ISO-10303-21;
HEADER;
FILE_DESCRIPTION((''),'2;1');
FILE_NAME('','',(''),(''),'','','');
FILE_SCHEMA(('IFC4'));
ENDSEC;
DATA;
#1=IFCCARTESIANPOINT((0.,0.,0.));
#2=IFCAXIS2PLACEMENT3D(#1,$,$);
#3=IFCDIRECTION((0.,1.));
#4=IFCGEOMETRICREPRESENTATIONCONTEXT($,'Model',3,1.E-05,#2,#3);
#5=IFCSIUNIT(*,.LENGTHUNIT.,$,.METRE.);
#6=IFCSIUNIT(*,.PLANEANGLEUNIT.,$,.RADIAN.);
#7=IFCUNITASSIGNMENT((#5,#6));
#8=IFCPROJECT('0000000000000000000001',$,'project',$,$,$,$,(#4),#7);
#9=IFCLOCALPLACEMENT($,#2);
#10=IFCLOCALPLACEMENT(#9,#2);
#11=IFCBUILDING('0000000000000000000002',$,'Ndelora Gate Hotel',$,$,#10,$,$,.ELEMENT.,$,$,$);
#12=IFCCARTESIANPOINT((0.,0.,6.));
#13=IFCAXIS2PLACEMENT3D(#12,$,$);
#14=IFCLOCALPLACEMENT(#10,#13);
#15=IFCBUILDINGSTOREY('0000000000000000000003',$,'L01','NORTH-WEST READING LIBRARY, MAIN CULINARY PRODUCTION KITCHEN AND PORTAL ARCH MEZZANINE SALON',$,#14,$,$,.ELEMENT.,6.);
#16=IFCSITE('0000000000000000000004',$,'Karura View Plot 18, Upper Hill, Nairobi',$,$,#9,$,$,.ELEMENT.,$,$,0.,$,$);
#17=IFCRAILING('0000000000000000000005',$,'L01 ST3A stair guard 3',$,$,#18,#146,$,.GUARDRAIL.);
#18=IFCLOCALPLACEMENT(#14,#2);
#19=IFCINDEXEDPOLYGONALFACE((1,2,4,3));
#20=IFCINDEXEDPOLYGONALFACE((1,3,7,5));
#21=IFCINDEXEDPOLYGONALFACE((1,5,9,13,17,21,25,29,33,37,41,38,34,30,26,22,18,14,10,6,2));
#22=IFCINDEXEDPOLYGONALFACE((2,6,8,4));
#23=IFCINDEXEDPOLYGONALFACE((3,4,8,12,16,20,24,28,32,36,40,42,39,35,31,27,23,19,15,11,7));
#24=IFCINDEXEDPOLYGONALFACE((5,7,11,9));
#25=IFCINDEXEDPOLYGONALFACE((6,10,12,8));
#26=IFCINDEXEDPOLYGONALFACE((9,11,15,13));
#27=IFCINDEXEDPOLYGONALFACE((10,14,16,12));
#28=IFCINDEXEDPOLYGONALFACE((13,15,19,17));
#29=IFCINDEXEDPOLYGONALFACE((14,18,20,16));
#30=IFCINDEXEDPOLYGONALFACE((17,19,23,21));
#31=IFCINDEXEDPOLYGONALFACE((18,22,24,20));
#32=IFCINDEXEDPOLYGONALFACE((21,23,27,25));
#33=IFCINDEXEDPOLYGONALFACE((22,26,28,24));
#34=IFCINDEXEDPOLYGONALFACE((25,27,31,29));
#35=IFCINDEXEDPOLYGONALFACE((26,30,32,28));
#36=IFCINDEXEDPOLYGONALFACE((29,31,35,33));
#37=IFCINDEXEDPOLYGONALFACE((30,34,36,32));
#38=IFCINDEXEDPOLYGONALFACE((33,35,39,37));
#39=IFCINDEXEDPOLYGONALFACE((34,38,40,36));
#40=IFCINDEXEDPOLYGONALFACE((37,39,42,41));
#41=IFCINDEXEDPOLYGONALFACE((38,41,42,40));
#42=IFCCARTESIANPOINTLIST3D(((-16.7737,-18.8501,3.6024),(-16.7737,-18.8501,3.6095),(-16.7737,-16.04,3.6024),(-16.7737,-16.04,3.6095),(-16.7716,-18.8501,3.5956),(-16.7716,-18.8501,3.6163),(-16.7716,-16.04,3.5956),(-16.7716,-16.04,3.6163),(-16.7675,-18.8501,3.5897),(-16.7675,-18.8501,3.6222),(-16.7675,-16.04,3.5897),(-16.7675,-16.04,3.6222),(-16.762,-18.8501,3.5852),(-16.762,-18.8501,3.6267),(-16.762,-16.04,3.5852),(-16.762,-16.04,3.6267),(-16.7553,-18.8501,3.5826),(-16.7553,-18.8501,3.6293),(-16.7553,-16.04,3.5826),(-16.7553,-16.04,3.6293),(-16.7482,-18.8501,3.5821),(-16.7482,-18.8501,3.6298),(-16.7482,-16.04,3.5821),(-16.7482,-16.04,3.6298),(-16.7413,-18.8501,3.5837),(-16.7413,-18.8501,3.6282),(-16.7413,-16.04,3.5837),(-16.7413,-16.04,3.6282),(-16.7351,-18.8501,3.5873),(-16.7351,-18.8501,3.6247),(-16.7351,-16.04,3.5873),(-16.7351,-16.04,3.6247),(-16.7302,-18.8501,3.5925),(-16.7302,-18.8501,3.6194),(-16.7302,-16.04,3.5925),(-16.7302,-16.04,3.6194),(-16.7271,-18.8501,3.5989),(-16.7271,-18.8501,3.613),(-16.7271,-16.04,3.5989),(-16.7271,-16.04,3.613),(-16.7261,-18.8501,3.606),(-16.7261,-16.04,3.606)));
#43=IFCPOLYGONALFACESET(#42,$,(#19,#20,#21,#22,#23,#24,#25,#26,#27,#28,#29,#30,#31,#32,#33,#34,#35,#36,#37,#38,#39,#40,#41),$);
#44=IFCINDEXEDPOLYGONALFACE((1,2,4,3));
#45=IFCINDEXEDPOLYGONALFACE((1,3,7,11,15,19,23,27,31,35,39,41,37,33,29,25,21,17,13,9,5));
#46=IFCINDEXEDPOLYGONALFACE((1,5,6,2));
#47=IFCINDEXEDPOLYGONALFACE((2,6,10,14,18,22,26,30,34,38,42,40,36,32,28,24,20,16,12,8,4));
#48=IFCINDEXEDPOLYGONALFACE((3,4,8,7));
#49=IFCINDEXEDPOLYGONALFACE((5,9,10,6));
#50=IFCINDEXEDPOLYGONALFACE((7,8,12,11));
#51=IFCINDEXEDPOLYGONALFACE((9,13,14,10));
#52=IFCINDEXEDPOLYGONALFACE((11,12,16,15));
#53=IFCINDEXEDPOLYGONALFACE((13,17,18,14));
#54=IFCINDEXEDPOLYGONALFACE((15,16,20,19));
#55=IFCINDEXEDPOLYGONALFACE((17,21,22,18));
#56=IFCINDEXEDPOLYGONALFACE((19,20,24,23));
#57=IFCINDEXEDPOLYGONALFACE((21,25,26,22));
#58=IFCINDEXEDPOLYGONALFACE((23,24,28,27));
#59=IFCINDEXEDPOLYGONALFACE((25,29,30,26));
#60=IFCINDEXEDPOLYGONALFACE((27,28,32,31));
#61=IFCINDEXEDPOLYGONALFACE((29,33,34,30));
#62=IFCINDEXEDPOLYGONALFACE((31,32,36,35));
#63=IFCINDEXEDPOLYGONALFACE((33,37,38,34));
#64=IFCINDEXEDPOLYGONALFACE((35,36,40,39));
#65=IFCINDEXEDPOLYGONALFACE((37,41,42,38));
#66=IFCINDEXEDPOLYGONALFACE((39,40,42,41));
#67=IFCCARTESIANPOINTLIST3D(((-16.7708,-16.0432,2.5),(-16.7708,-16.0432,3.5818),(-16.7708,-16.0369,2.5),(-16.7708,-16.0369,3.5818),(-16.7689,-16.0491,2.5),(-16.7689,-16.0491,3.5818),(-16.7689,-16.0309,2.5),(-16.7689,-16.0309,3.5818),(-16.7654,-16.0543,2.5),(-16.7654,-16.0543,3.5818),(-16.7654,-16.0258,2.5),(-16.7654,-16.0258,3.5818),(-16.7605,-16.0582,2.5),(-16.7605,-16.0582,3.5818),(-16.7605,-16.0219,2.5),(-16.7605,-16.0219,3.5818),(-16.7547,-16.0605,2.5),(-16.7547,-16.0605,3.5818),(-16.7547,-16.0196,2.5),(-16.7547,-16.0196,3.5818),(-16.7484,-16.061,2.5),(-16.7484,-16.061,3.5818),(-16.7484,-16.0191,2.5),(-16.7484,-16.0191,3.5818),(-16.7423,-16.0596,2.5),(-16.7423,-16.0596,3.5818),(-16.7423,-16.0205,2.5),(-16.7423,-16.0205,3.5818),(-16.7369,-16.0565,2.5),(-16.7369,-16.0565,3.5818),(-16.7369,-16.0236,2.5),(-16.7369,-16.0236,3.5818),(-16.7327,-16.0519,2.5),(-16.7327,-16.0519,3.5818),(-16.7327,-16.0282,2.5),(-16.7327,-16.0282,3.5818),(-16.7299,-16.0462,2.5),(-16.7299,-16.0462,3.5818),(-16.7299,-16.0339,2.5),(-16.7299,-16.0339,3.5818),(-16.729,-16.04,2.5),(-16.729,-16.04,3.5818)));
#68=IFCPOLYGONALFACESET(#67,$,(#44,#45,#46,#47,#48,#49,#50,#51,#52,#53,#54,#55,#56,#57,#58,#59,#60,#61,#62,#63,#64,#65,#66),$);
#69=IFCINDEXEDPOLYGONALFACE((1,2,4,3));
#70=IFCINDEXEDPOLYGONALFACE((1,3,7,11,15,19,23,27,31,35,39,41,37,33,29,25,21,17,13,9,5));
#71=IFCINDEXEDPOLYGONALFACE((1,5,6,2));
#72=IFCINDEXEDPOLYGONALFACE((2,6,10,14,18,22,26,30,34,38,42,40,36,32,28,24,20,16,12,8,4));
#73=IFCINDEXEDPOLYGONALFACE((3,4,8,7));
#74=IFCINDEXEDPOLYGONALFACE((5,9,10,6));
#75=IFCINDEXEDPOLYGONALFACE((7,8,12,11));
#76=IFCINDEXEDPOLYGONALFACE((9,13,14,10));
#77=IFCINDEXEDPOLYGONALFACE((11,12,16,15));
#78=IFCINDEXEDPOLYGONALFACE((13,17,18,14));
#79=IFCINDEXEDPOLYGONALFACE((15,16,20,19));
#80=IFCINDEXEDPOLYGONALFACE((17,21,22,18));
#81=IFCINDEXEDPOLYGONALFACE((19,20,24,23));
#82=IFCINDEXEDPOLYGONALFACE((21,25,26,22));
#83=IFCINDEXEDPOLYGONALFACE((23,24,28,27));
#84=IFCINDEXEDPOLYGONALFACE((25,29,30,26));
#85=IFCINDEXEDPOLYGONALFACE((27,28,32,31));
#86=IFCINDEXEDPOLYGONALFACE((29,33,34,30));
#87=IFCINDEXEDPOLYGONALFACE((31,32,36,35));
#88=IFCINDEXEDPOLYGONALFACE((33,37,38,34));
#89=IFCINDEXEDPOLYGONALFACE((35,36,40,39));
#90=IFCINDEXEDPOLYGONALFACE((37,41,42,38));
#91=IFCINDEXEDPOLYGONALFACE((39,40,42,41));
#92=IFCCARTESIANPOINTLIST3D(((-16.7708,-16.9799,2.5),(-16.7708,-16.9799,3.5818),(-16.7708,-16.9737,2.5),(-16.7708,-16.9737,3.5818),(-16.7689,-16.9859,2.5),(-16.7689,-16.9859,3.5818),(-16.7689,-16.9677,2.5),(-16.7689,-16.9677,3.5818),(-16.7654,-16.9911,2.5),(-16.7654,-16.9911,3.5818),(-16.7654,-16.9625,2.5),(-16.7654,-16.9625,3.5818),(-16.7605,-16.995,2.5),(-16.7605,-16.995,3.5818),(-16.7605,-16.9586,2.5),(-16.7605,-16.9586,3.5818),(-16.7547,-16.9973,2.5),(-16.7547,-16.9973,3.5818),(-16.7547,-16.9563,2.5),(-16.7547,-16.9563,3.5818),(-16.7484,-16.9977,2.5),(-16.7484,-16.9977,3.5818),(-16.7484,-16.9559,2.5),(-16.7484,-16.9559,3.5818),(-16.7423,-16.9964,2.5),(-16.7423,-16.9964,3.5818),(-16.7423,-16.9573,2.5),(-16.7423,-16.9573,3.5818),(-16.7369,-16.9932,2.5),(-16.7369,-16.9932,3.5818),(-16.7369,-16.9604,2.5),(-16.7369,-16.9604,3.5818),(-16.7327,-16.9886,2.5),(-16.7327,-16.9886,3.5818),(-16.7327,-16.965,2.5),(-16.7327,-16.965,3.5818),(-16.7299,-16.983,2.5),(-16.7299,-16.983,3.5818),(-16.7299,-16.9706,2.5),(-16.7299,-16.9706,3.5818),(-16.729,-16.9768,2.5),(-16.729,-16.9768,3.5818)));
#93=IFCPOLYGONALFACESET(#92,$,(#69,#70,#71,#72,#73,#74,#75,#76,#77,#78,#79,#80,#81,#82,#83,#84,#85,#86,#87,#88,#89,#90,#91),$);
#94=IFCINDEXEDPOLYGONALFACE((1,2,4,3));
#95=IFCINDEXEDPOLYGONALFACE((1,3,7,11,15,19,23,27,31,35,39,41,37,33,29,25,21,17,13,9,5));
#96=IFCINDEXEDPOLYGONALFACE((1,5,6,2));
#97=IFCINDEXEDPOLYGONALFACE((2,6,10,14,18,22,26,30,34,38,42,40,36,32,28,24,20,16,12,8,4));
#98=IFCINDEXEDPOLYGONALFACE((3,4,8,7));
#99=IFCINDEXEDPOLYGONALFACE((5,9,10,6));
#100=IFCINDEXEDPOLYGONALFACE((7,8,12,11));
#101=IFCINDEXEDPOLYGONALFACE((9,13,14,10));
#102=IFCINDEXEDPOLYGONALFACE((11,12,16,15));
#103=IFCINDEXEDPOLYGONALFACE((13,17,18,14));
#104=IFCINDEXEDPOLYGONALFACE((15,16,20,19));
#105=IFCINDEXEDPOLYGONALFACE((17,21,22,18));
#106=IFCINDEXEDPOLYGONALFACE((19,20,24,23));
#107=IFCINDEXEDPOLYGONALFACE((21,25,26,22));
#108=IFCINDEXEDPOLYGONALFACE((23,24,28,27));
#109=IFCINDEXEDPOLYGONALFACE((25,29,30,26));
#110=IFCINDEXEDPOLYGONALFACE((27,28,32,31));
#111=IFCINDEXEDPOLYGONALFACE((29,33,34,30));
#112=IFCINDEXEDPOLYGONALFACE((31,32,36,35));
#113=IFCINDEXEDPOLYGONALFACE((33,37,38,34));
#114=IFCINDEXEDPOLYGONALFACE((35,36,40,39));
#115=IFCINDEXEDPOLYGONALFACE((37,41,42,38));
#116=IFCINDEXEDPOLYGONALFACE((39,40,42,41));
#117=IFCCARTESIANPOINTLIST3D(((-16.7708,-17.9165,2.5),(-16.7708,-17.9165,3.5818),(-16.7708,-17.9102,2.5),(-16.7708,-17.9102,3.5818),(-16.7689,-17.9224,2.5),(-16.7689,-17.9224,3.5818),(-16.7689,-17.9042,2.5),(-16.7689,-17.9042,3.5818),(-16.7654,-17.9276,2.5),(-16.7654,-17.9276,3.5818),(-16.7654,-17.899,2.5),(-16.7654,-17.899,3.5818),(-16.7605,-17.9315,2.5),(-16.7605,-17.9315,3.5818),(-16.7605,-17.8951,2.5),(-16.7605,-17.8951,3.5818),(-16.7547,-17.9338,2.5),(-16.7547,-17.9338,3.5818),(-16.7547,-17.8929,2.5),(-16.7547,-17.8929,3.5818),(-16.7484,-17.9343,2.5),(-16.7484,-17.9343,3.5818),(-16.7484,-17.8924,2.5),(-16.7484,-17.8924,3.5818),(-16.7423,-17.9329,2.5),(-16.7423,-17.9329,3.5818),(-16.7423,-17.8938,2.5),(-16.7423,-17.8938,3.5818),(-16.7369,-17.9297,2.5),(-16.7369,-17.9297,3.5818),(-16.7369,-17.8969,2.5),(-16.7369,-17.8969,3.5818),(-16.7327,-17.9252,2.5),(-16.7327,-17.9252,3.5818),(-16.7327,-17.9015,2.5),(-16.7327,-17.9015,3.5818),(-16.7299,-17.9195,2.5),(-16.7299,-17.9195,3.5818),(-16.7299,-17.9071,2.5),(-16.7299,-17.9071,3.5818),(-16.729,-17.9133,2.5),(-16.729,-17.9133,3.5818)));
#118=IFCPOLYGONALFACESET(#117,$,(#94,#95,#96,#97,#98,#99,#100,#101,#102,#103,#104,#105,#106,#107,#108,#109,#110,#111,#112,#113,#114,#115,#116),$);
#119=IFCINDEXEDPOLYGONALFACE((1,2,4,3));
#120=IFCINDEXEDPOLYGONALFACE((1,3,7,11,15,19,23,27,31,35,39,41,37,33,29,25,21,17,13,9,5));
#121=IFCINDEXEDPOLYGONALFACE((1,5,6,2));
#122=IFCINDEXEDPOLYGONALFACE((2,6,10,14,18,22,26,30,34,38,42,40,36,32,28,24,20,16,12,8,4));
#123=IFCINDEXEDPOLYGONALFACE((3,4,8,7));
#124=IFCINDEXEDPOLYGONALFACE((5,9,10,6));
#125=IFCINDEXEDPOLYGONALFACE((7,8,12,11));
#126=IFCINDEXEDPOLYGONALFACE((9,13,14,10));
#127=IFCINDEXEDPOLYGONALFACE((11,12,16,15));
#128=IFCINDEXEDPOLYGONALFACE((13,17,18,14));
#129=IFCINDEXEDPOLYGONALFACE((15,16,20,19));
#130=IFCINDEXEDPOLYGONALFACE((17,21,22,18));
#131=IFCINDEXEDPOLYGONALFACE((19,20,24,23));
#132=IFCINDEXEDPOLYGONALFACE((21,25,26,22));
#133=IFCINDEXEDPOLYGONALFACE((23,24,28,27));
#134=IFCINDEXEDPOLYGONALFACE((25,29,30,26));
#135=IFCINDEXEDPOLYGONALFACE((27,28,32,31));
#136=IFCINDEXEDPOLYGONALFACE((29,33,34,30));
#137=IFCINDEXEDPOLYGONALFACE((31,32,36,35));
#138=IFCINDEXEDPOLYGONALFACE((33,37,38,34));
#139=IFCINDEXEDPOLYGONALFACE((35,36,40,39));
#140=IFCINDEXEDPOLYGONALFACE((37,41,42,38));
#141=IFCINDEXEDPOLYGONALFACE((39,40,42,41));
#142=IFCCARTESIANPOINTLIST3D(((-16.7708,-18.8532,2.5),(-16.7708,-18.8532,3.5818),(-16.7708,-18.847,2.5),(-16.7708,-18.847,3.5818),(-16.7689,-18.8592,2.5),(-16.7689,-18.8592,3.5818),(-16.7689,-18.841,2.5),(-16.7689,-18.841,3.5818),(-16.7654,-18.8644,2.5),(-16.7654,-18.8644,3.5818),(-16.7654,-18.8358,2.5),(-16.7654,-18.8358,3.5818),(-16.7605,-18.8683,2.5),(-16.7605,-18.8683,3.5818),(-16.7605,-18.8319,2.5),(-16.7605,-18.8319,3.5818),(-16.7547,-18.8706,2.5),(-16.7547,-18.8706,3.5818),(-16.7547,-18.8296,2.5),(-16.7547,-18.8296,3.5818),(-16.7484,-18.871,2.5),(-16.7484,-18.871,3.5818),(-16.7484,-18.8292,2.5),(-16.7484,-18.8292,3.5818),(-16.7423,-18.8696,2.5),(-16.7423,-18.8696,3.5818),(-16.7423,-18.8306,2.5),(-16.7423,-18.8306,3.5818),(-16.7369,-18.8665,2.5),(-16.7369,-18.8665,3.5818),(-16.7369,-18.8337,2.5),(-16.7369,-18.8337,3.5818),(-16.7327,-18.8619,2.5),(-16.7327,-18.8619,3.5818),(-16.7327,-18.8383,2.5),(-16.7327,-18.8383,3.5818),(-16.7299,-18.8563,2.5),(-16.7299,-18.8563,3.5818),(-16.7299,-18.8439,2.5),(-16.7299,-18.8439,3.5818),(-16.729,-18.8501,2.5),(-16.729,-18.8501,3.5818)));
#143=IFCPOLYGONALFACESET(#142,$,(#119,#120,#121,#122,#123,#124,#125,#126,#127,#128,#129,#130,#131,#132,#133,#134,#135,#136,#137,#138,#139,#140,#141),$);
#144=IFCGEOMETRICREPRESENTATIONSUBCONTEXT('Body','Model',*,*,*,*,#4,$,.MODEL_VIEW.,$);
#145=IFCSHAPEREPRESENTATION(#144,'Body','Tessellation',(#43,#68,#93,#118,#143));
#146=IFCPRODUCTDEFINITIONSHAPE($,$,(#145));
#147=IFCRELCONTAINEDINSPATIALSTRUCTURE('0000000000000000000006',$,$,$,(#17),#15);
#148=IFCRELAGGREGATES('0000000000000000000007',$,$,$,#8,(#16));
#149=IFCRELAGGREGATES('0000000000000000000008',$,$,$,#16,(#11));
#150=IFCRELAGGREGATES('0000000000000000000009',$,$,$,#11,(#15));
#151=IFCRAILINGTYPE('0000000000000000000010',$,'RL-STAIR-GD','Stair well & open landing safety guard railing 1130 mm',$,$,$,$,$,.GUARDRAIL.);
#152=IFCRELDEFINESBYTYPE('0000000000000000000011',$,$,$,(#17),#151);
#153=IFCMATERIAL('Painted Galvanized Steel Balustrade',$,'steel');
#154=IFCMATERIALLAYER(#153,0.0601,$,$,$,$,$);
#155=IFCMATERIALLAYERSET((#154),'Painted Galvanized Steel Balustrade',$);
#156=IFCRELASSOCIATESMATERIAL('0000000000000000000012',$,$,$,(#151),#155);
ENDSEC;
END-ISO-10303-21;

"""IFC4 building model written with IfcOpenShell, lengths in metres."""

from ifc_helpers import new_model, si_unit, direction, frame, origin, origin_2d, place, context, subcontext, project, spatial, circle, extrude, material, layer, layer_set, type_object, element, save


model = new_model("IFC4")

# Units and contexts
model_context = context("Model", 3, precision=1e-05, world=origin(), true_north=direction((0.0, 1.0)))
body_context = subcontext(model_context, "Body", "Model", "MODEL_VIEW")
ifc_project = project(units=[si_unit("LENGTHUNIT", "METRE"), si_unit("PLANEANGLEUNIT", "RADIAN")], contexts=[model_context])

# Site, building, storey
site_placement = place(None, origin())
site = spatial("IfcSite", under=ifc_project, at=site_placement, Name="Karura View Plot 18, Upper Hill, Nairobi", CompositionType="ELEMENT", RefElevation=0.0)
building_placement = place(site_placement, origin())
building = spatial("IfcBuilding", under=site, at=building_placement, Name="Ndelora Gate Hotel", CompositionType="ELEMENT")
storey_placement = place(building_placement, frame((0.0, 0.0, 6.0)))
storey = spatial("IfcBuildingStorey", under=building, at=storey_placement, Name="L01", Description="NORTH-WEST READING LIBRARY, MAIN CULINARY PRODUCTION KITCHEN AND PORTAL ARCH MEZZANINE SALON", CompositionType="ELEMENT", Elevation=6.0)

# Railing
ifc_material_1 = material(Name="Painted Galvanized Steel Balustrade", Category="steel")
ifc_layer_1 = layer(ifc_material_1, 0.0601)
ifc_layer_set_1 = layer_set([ifc_layer_1], Name="Painted Galvanized Steel Balustrade")
railing_type_1 = type_object("IfcRailingType", Name="RL-STAIR-GD", Description="Stair well & open landing safety guard railing 1130 mm", PredefinedType="GUARDRAIL", material=ifc_layer_set_1)
for number, where, name in (
    (1, (-16.75, -16.04, 2.5), "L01 ST3A stair guard 3"),
):
    element("IfcRailing", number, at=place(storey_placement, frame(where)), inside=storey, type_object=railing_type_1, Name=name, PredefinedType="GUARDRAIL", context=body_context, shape_type="SweptSolid", body=[
        extrude(circle(Radius=0.0239, at=origin_2d()), frame((0.0, 0.0, 1.106), z_axis=(0.0, -1.0, 0.0), x_axis=(1.0, 0.0, 0.0)), (0.0, 0.0, 1.0), 2.8101),
        extrude(circle(Radius=0.021, at=origin_2d()), origin(), (0.0, 0.0, 1.0), 1.0818),
        extrude(circle(Radius=0.021, at=origin_2d()), frame((0.0, -0.9368, 0.0)), (0.0, 0.0, 1.0), 1.0818),
        extrude(circle(Radius=0.021, at=origin_2d()), frame((0.0, -1.8733, 0.0)), (0.0, 0.0, 1.0), 1.0818),
        extrude(circle(Radius=0.021, at=origin_2d()), frame((0.0, -2.8101, 0.0)), (0.0, 0.0, 1.0), 1.0818),
    ])

save(model, "model.ifc")
